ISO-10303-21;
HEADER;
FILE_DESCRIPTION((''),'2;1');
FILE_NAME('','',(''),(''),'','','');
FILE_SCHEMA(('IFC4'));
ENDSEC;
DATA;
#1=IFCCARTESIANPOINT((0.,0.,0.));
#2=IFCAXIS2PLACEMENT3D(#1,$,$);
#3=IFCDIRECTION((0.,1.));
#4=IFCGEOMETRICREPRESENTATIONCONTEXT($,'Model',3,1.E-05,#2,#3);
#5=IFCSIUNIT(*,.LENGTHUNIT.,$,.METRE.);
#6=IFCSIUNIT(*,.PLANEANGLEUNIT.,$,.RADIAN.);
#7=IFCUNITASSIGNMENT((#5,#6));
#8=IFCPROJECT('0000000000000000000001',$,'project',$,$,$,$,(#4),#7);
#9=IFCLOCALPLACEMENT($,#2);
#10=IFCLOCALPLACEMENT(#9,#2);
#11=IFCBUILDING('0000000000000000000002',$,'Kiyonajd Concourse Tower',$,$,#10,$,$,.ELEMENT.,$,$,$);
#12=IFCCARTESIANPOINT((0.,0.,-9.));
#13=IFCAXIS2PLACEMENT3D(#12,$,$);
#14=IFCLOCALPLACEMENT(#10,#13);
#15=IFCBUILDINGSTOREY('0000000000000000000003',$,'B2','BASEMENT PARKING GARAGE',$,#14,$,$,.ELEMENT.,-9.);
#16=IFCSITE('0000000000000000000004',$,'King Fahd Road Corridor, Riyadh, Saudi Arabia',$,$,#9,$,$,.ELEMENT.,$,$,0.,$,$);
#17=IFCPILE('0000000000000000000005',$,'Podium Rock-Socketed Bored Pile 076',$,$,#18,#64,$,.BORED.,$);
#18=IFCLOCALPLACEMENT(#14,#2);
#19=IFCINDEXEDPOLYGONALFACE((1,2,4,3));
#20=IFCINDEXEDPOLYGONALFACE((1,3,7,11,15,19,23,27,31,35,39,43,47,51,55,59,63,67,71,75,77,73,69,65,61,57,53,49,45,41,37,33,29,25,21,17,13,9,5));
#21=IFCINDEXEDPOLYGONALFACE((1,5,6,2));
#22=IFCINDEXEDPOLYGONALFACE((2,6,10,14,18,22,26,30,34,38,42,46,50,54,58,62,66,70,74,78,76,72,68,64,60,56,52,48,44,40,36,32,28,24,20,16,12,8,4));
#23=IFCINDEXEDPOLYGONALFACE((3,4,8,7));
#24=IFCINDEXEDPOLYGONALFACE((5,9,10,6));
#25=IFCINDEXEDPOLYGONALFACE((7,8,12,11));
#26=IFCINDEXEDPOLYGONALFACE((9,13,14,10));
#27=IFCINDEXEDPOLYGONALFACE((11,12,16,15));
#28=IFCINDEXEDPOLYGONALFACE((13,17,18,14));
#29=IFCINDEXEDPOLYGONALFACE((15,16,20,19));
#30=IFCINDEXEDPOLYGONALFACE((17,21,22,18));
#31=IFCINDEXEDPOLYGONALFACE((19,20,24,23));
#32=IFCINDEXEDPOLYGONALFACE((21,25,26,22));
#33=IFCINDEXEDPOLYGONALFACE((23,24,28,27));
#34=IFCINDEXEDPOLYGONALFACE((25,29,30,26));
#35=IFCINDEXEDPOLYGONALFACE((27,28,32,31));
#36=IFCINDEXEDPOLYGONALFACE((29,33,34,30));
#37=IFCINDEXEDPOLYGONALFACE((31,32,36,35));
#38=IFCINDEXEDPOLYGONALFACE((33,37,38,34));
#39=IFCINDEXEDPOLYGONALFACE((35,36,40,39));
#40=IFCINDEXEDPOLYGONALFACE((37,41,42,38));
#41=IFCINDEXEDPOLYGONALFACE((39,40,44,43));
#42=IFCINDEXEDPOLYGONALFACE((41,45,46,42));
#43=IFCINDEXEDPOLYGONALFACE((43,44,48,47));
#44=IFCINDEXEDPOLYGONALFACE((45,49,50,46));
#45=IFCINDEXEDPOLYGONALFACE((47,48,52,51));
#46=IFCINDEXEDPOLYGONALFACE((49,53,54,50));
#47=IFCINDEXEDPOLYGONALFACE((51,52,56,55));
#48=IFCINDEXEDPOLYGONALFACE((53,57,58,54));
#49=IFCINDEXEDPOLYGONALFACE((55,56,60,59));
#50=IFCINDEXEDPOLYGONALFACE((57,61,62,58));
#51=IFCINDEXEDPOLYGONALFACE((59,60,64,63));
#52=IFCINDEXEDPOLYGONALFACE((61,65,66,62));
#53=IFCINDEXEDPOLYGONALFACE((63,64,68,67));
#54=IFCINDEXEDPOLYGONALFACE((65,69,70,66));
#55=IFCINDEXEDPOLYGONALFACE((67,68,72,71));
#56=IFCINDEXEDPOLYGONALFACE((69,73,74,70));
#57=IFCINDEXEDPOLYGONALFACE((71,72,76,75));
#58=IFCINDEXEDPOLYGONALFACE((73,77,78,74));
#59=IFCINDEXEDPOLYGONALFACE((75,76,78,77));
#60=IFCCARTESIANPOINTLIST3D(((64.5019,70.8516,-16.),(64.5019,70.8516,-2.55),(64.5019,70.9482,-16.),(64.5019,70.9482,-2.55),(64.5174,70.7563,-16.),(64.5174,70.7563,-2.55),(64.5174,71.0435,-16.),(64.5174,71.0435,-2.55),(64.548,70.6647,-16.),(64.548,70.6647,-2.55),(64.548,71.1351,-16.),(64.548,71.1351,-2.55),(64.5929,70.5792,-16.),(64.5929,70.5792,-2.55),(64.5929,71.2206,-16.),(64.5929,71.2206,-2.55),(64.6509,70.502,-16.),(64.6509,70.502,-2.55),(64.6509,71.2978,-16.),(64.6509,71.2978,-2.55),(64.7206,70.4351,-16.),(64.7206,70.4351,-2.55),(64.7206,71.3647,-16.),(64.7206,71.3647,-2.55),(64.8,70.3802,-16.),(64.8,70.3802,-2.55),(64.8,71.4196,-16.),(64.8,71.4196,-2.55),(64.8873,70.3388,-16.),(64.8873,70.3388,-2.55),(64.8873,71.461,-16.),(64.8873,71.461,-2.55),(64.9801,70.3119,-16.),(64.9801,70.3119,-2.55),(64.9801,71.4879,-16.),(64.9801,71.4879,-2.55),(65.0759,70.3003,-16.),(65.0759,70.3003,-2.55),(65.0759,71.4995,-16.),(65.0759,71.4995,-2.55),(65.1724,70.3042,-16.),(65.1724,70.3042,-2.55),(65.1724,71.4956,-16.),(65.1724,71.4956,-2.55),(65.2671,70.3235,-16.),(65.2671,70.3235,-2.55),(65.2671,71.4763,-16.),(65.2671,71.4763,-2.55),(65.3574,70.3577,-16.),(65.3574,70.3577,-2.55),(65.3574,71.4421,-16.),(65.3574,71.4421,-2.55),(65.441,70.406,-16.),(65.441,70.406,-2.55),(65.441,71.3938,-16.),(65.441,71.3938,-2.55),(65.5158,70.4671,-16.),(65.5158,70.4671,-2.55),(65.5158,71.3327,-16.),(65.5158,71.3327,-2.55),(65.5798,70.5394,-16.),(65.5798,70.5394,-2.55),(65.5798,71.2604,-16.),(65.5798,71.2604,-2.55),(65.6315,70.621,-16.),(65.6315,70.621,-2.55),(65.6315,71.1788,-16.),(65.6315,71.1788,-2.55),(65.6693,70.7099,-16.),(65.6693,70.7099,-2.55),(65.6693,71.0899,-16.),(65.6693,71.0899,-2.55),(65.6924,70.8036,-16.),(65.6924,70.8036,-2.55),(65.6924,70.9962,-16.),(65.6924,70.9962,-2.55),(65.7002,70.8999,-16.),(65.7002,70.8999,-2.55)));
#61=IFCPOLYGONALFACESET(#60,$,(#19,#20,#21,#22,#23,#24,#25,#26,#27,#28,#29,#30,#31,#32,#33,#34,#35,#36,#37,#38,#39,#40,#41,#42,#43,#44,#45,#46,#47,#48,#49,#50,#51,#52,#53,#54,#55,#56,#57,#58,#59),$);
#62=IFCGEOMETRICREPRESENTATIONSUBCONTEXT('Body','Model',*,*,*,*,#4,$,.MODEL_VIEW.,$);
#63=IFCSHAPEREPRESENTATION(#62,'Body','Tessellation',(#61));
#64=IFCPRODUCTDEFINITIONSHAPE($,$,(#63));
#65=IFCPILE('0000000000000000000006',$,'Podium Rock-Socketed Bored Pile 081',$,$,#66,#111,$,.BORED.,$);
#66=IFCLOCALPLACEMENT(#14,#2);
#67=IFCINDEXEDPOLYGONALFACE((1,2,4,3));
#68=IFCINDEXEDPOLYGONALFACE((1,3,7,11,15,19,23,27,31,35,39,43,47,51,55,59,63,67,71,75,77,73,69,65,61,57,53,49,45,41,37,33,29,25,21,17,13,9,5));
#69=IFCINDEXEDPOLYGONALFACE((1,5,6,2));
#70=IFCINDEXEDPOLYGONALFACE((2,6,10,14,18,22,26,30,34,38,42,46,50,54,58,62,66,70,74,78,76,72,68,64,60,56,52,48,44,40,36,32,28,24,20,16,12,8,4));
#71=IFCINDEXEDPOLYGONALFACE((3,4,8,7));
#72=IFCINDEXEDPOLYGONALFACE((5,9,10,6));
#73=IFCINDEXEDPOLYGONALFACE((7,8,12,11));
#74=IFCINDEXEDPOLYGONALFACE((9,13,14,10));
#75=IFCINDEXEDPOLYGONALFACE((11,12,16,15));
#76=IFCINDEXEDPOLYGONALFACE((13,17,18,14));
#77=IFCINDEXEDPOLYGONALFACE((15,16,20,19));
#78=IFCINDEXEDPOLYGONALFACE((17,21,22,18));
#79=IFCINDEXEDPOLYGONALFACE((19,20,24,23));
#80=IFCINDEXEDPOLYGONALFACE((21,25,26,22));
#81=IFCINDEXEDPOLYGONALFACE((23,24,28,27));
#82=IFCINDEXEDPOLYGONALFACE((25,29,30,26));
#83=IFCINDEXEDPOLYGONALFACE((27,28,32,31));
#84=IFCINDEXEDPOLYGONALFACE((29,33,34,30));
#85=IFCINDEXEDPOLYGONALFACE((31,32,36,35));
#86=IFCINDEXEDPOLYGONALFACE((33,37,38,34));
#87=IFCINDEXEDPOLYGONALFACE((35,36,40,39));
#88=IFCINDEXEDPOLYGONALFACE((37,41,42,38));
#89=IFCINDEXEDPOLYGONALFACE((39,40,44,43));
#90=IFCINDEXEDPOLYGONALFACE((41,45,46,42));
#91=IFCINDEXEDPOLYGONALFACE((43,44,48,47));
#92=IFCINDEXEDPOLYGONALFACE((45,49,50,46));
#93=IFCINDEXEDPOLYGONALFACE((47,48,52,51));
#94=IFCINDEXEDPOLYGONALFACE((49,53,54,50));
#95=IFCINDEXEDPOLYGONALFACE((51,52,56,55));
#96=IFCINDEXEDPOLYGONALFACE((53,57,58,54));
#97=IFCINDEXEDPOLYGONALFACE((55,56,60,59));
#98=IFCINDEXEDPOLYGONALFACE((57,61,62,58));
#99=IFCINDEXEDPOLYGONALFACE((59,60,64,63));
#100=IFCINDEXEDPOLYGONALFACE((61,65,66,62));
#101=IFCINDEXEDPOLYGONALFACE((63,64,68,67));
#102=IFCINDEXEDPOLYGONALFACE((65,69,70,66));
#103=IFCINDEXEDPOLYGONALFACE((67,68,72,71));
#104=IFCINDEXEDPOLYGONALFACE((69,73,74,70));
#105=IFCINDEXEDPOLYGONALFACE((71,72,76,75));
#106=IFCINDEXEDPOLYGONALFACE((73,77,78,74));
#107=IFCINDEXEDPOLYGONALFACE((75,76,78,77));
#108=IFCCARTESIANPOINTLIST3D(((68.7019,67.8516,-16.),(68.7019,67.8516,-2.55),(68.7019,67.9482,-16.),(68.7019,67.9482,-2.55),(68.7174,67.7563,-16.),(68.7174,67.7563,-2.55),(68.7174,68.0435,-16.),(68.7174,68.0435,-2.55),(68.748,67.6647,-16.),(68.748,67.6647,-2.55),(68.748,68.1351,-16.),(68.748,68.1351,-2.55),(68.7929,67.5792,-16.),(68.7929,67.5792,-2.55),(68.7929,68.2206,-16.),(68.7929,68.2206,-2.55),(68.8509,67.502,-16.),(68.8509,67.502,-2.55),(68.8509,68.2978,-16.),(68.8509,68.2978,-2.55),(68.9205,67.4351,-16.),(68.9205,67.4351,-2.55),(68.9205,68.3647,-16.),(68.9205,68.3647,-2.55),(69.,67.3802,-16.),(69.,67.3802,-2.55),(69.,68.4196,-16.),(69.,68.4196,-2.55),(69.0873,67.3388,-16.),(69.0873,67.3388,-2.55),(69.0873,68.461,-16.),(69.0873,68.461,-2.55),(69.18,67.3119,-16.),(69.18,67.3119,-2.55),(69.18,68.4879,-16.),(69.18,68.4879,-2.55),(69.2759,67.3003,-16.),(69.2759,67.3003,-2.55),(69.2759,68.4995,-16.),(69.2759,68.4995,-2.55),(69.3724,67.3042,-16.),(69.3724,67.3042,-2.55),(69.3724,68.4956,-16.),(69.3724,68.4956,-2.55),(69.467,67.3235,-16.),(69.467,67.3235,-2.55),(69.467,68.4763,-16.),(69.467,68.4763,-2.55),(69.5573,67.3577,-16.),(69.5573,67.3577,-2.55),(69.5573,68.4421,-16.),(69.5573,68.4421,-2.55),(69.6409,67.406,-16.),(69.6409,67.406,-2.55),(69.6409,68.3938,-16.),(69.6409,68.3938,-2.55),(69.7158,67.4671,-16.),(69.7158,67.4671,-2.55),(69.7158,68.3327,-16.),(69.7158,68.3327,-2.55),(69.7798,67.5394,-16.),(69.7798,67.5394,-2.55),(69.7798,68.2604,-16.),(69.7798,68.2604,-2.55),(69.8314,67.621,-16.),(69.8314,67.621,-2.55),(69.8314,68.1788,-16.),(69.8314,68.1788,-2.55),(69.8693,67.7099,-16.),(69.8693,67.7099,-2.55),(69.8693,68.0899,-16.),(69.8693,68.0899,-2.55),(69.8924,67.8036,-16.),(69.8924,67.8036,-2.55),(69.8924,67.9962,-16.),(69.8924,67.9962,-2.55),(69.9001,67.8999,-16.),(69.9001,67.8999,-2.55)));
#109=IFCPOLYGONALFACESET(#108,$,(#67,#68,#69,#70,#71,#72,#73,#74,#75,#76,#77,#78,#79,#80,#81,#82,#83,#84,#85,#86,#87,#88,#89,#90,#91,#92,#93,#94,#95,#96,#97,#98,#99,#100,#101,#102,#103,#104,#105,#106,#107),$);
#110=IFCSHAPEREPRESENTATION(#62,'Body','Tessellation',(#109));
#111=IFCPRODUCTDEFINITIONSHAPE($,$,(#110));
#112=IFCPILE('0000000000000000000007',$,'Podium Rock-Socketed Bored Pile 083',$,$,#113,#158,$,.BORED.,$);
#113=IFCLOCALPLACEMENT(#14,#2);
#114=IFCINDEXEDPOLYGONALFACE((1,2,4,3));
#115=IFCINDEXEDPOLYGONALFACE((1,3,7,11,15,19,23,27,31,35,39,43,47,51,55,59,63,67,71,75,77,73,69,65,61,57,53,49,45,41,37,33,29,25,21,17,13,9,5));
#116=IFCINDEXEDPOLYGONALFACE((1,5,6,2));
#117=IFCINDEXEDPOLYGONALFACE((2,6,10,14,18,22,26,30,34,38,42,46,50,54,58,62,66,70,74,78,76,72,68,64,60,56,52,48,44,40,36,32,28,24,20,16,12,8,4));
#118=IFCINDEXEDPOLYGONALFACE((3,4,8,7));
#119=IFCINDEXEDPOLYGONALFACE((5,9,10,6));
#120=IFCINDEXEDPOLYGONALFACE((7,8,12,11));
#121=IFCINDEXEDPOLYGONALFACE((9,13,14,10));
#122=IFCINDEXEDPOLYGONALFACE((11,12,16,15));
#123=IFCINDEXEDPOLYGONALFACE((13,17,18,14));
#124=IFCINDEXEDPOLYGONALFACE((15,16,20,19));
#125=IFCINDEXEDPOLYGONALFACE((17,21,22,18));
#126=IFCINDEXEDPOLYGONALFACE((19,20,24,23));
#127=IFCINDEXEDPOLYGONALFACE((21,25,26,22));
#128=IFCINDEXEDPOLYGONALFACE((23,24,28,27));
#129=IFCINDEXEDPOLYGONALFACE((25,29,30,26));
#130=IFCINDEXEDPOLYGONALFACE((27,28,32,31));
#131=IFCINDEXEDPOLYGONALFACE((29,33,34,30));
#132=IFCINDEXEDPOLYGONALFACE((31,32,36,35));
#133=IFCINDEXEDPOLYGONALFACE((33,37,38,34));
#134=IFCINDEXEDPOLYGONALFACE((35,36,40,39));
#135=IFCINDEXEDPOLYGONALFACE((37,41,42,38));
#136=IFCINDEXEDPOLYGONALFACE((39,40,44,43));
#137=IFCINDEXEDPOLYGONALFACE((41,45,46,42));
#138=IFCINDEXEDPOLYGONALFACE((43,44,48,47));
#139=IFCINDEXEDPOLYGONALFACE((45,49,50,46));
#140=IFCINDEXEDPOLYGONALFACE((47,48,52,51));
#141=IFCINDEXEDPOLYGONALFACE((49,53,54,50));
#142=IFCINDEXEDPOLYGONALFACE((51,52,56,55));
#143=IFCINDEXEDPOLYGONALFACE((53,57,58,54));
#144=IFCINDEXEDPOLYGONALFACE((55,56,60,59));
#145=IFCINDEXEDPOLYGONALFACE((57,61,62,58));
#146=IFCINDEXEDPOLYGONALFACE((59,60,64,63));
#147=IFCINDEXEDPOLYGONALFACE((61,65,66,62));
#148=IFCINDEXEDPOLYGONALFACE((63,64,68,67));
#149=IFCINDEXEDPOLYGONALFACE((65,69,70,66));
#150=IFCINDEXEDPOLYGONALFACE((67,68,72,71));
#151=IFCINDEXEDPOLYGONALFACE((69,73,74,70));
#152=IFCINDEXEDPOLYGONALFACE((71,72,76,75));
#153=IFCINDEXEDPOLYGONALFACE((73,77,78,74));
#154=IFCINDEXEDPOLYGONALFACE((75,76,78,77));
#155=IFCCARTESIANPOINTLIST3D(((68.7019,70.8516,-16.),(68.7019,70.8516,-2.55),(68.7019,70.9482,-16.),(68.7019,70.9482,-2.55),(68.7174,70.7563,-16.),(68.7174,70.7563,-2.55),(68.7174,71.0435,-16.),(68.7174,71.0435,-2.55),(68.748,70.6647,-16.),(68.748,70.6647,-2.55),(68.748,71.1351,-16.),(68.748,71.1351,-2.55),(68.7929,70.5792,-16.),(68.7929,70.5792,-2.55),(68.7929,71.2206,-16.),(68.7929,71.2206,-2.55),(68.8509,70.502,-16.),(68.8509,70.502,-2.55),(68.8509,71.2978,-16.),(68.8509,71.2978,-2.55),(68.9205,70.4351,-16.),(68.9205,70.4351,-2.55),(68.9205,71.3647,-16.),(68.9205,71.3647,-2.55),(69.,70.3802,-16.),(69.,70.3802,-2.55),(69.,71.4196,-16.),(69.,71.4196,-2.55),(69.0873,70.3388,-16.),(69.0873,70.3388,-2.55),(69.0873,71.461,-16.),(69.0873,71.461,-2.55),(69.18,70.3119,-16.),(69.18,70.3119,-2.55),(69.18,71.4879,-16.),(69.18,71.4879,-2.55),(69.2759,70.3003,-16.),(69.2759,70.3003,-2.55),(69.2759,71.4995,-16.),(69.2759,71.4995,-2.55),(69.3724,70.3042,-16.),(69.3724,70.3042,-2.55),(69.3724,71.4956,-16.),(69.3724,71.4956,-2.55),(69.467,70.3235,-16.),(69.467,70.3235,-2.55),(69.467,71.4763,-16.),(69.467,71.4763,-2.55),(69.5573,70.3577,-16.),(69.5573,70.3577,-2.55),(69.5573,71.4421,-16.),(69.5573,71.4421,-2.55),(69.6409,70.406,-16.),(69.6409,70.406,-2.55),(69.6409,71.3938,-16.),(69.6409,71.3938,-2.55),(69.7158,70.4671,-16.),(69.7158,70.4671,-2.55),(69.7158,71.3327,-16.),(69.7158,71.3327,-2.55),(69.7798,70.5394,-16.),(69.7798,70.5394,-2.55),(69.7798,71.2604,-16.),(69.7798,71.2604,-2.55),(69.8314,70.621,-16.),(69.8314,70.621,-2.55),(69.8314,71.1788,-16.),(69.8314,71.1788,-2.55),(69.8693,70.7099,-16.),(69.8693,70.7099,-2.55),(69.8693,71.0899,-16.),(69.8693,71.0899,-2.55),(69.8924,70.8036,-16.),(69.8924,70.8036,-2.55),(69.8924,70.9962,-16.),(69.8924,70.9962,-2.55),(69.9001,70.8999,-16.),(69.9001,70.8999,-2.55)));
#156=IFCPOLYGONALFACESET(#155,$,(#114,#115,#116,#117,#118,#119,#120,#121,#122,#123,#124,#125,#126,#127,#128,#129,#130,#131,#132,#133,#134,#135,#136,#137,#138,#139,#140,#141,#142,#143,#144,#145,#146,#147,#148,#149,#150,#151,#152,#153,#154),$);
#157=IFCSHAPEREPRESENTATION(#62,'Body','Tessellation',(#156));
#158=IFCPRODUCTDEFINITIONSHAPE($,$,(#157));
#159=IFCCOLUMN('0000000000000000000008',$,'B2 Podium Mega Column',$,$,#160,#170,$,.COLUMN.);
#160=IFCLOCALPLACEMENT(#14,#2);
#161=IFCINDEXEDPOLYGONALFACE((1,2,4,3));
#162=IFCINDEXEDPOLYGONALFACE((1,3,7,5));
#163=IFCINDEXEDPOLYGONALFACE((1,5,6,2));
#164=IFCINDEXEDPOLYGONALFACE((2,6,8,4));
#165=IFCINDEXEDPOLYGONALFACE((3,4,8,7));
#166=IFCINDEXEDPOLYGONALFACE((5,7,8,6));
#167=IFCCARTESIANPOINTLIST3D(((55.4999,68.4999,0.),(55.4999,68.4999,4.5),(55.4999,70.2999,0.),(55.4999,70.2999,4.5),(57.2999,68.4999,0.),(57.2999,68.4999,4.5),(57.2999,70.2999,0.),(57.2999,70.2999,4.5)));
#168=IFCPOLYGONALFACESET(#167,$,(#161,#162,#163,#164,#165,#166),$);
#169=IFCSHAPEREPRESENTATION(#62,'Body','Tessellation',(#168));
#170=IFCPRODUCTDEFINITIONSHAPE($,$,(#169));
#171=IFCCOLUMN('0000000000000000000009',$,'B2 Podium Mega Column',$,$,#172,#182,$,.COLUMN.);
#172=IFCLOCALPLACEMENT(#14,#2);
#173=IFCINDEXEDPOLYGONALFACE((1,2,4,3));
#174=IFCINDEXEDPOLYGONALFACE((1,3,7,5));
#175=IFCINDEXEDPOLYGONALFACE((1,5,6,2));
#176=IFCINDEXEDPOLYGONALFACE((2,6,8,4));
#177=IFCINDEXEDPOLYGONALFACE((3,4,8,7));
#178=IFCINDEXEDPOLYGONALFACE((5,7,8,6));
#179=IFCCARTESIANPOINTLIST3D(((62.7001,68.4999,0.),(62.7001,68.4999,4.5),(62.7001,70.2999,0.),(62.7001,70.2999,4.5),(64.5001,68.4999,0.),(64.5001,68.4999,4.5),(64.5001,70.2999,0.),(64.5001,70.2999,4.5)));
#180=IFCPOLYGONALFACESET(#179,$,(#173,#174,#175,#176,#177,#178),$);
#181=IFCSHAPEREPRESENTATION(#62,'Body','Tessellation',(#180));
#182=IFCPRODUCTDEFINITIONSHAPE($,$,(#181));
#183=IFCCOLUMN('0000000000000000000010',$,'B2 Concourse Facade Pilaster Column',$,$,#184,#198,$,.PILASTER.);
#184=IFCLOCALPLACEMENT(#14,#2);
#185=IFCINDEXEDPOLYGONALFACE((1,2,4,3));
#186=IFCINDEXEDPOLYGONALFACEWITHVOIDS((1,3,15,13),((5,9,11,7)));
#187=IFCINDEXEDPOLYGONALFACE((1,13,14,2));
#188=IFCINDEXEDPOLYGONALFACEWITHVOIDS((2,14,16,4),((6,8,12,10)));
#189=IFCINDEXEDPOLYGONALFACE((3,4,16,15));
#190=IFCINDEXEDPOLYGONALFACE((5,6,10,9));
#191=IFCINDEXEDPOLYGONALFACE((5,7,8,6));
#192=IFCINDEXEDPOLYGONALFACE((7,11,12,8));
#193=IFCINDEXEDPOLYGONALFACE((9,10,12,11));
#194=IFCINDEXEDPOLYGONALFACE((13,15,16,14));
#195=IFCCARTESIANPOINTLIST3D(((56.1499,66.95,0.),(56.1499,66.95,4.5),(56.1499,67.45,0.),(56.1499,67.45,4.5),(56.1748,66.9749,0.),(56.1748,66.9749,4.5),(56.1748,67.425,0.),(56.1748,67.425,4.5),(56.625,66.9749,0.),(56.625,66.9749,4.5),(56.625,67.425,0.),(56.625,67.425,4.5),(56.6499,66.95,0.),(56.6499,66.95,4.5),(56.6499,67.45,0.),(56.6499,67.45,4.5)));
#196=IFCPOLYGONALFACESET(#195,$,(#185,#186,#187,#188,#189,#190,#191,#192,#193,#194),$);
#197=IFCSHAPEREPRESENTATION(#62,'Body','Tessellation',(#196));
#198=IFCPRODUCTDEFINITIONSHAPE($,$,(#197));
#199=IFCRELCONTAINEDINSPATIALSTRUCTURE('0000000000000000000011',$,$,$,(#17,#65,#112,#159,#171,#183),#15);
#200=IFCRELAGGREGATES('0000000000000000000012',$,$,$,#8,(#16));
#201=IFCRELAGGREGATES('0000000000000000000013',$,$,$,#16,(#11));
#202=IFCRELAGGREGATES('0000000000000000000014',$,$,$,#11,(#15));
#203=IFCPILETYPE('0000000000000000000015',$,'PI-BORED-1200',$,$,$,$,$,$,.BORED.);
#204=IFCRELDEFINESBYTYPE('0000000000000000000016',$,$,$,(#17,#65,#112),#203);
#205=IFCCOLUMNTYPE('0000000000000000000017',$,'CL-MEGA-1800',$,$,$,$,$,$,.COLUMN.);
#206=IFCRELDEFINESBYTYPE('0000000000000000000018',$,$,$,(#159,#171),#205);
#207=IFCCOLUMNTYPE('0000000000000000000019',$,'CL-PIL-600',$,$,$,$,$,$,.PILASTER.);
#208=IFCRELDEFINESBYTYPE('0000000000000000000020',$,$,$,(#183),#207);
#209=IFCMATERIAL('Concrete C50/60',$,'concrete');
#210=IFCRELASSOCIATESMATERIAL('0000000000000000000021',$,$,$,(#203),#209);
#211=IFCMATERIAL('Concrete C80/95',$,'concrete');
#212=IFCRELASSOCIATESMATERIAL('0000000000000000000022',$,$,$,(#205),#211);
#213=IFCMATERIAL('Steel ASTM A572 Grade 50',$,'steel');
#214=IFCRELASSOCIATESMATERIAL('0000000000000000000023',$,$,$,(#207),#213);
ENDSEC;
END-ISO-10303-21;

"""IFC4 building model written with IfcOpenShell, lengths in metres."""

from ifc_helpers import new_model, si_unit, direction, frame, origin, origin_2d, place, context, subcontext, project, spatial, rectangle, hollow_rectangle, circle, extrude, material, material_profile, profile_set, type_object, element, save


model = new_model("IFC4")

# Units and contexts
model_context = context("Model", 3, precision=1e-05, world=origin(), true_north=direction((0.0, 1.0)))
body_context = subcontext(model_context, "Body", "Model", "MODEL_VIEW")
ifc_project = project(units=[si_unit("LENGTHUNIT", "METRE"), si_unit("PLANEANGLEUNIT", "RADIAN")], contexts=[model_context])

# Site, building, storey
site_placement = place(None, origin())
site = spatial("IfcSite", under=ifc_project, at=site_placement, Name="King Fahd Road Corridor, Riyadh, Saudi Arabia", CompositionType="ELEMENT", RefElevation=0.0)
building_placement = place(site_placement, origin())
building = spatial("IfcBuilding", under=site, at=building_placement, Name="Kiyonajd Concourse Tower", CompositionType="ELEMENT")
storey_placement = place(building_placement, frame((0.0, 0.0, -9.0)))
storey = spatial("IfcBuildingStorey", under=building, at=storey_placement, Name="B2", Description="BASEMENT PARKING GARAGE", CompositionType="ELEMENT", Elevation=-9.0)

# Shared definitions
ifc_material_1 = material(Name="Concrete C50/60", Category="concrete")

# Piles
ifc_material_profile_1 = material_profile(ifc_material_1, circle(Radius=0.6001, at=origin_2d()), Name="PILE-D1200")
ifc_profile_set_1 = profile_set([ifc_material_profile_1], Name="Concrete C50/60")
pile_type = type_object("IfcPileType", Name="PI-BORED-1200", PredefinedType="BORED", material=ifc_profile_set_1)
for number, where, z_axis, x_axis, name in (
    (1, (65.1001, 70.8999, -2.55), (0.0, 0.0, -1.0), (1.0, 0.0, 0.0), "Podium Rock-Socketed Bored Pile 076"),
    (2, (69.3, 67.8999, -2.55), (0.0, 0.0, -1.0), (1.0, 0.0, 0.0), "Podium Rock-Socketed Bored Pile 081"),
    (3, (69.3, 70.8999, -2.55), (0.0, 0.0, -1.0), (1.0, 0.0, 0.0), "Podium Rock-Socketed Bored Pile 083"),
):
    element("IfcPile", number, at=place(storey_placement, frame(where, z_axis=z_axis, x_axis=x_axis)), inside=storey, type_object=pile_type, Name=name, PredefinedType="BORED", context=body_context, shape_type="SweptSolid", body=[
        extrude(circle(Radius=0.6001, at=origin_2d()), origin(), (0.0, 0.0, 1.0), 13.45),
    ])

# Columns
ifc_material_2 = material(Name="Concrete C80/95", Category="concrete")
ifc_material_profile_2 = material_profile(ifc_material_2, rectangle(XDim=1.8, YDim=1.8, at=origin_2d()), Name="RC-1800x1800")
ifc_profile_set_2 = profile_set([ifc_material_profile_2], Name="Concrete C80/95")
column_type_1 = type_object("IfcColumnType", Name="CL-MEGA-1800", PredefinedType="COLUMN", material=ifc_profile_set_2)
for number, where, z_axis, x_axis, name in (
    (4, (56.3999, 69.3999, 0.0), (0.0, 0.0, 1.0), (1.0, 0.0, 0.0), "B2 Podium Mega Column"),
    (5, (63.6001, 69.3999, 0.0), (0.0, 0.0, 1.0), (1.0, 0.0, 0.0), "B2 Podium Mega Column"),
):
    element("IfcColumn", number, at=place(storey_placement, frame(where, z_axis=z_axis, x_axis=x_axis)), inside=storey, type_object=column_type_1, Name=name, PredefinedType="COLUMN", context=body_context, shape_type="SweptSolid", body=[
        extrude(rectangle(XDim=1.8, YDim=1.8, at=origin_2d()), origin(), (0.0, 0.0, 1.0), 4.5),
    ])
ifc_material_3 = material(Name="Steel ASTM A572 Grade 50", Category="steel")
ifc_material_profile_3 = material_profile(ifc_material_3, hollow_rectangle(XDim=0.5, YDim=0.5, WallThickness=0.0249, at=origin_2d()), Name="HSS-500x500x25")
ifc_profile_set_3 = profile_set([ifc_material_profile_3], Name="Steel ASTM A572 Grade 50")
column_type_2 = type_object("IfcColumnType", Name="CL-PIL-600", PredefinedType="PILASTER", material=ifc_profile_set_3)
column_placement = place(storey_placement, frame((56.3999, 67.2, 0.0), z_axis=(0.0, 0.0, 1.0), x_axis=(1.0, 0.0, 0.0)))
element("IfcColumn", 6, at=column_placement, inside=storey, type_object=column_type_2, Name="B2 Concourse Facade Pilaster Column", PredefinedType="PILASTER", context=body_context, shape_type="SweptSolid", body=[
    extrude(hollow_rectangle(XDim=0.5, YDim=0.5, WallThickness=0.0249, at=origin_2d()), origin(), (0.0, 0.0, 1.0), 4.5),
])

save(model, "model.ifc")
